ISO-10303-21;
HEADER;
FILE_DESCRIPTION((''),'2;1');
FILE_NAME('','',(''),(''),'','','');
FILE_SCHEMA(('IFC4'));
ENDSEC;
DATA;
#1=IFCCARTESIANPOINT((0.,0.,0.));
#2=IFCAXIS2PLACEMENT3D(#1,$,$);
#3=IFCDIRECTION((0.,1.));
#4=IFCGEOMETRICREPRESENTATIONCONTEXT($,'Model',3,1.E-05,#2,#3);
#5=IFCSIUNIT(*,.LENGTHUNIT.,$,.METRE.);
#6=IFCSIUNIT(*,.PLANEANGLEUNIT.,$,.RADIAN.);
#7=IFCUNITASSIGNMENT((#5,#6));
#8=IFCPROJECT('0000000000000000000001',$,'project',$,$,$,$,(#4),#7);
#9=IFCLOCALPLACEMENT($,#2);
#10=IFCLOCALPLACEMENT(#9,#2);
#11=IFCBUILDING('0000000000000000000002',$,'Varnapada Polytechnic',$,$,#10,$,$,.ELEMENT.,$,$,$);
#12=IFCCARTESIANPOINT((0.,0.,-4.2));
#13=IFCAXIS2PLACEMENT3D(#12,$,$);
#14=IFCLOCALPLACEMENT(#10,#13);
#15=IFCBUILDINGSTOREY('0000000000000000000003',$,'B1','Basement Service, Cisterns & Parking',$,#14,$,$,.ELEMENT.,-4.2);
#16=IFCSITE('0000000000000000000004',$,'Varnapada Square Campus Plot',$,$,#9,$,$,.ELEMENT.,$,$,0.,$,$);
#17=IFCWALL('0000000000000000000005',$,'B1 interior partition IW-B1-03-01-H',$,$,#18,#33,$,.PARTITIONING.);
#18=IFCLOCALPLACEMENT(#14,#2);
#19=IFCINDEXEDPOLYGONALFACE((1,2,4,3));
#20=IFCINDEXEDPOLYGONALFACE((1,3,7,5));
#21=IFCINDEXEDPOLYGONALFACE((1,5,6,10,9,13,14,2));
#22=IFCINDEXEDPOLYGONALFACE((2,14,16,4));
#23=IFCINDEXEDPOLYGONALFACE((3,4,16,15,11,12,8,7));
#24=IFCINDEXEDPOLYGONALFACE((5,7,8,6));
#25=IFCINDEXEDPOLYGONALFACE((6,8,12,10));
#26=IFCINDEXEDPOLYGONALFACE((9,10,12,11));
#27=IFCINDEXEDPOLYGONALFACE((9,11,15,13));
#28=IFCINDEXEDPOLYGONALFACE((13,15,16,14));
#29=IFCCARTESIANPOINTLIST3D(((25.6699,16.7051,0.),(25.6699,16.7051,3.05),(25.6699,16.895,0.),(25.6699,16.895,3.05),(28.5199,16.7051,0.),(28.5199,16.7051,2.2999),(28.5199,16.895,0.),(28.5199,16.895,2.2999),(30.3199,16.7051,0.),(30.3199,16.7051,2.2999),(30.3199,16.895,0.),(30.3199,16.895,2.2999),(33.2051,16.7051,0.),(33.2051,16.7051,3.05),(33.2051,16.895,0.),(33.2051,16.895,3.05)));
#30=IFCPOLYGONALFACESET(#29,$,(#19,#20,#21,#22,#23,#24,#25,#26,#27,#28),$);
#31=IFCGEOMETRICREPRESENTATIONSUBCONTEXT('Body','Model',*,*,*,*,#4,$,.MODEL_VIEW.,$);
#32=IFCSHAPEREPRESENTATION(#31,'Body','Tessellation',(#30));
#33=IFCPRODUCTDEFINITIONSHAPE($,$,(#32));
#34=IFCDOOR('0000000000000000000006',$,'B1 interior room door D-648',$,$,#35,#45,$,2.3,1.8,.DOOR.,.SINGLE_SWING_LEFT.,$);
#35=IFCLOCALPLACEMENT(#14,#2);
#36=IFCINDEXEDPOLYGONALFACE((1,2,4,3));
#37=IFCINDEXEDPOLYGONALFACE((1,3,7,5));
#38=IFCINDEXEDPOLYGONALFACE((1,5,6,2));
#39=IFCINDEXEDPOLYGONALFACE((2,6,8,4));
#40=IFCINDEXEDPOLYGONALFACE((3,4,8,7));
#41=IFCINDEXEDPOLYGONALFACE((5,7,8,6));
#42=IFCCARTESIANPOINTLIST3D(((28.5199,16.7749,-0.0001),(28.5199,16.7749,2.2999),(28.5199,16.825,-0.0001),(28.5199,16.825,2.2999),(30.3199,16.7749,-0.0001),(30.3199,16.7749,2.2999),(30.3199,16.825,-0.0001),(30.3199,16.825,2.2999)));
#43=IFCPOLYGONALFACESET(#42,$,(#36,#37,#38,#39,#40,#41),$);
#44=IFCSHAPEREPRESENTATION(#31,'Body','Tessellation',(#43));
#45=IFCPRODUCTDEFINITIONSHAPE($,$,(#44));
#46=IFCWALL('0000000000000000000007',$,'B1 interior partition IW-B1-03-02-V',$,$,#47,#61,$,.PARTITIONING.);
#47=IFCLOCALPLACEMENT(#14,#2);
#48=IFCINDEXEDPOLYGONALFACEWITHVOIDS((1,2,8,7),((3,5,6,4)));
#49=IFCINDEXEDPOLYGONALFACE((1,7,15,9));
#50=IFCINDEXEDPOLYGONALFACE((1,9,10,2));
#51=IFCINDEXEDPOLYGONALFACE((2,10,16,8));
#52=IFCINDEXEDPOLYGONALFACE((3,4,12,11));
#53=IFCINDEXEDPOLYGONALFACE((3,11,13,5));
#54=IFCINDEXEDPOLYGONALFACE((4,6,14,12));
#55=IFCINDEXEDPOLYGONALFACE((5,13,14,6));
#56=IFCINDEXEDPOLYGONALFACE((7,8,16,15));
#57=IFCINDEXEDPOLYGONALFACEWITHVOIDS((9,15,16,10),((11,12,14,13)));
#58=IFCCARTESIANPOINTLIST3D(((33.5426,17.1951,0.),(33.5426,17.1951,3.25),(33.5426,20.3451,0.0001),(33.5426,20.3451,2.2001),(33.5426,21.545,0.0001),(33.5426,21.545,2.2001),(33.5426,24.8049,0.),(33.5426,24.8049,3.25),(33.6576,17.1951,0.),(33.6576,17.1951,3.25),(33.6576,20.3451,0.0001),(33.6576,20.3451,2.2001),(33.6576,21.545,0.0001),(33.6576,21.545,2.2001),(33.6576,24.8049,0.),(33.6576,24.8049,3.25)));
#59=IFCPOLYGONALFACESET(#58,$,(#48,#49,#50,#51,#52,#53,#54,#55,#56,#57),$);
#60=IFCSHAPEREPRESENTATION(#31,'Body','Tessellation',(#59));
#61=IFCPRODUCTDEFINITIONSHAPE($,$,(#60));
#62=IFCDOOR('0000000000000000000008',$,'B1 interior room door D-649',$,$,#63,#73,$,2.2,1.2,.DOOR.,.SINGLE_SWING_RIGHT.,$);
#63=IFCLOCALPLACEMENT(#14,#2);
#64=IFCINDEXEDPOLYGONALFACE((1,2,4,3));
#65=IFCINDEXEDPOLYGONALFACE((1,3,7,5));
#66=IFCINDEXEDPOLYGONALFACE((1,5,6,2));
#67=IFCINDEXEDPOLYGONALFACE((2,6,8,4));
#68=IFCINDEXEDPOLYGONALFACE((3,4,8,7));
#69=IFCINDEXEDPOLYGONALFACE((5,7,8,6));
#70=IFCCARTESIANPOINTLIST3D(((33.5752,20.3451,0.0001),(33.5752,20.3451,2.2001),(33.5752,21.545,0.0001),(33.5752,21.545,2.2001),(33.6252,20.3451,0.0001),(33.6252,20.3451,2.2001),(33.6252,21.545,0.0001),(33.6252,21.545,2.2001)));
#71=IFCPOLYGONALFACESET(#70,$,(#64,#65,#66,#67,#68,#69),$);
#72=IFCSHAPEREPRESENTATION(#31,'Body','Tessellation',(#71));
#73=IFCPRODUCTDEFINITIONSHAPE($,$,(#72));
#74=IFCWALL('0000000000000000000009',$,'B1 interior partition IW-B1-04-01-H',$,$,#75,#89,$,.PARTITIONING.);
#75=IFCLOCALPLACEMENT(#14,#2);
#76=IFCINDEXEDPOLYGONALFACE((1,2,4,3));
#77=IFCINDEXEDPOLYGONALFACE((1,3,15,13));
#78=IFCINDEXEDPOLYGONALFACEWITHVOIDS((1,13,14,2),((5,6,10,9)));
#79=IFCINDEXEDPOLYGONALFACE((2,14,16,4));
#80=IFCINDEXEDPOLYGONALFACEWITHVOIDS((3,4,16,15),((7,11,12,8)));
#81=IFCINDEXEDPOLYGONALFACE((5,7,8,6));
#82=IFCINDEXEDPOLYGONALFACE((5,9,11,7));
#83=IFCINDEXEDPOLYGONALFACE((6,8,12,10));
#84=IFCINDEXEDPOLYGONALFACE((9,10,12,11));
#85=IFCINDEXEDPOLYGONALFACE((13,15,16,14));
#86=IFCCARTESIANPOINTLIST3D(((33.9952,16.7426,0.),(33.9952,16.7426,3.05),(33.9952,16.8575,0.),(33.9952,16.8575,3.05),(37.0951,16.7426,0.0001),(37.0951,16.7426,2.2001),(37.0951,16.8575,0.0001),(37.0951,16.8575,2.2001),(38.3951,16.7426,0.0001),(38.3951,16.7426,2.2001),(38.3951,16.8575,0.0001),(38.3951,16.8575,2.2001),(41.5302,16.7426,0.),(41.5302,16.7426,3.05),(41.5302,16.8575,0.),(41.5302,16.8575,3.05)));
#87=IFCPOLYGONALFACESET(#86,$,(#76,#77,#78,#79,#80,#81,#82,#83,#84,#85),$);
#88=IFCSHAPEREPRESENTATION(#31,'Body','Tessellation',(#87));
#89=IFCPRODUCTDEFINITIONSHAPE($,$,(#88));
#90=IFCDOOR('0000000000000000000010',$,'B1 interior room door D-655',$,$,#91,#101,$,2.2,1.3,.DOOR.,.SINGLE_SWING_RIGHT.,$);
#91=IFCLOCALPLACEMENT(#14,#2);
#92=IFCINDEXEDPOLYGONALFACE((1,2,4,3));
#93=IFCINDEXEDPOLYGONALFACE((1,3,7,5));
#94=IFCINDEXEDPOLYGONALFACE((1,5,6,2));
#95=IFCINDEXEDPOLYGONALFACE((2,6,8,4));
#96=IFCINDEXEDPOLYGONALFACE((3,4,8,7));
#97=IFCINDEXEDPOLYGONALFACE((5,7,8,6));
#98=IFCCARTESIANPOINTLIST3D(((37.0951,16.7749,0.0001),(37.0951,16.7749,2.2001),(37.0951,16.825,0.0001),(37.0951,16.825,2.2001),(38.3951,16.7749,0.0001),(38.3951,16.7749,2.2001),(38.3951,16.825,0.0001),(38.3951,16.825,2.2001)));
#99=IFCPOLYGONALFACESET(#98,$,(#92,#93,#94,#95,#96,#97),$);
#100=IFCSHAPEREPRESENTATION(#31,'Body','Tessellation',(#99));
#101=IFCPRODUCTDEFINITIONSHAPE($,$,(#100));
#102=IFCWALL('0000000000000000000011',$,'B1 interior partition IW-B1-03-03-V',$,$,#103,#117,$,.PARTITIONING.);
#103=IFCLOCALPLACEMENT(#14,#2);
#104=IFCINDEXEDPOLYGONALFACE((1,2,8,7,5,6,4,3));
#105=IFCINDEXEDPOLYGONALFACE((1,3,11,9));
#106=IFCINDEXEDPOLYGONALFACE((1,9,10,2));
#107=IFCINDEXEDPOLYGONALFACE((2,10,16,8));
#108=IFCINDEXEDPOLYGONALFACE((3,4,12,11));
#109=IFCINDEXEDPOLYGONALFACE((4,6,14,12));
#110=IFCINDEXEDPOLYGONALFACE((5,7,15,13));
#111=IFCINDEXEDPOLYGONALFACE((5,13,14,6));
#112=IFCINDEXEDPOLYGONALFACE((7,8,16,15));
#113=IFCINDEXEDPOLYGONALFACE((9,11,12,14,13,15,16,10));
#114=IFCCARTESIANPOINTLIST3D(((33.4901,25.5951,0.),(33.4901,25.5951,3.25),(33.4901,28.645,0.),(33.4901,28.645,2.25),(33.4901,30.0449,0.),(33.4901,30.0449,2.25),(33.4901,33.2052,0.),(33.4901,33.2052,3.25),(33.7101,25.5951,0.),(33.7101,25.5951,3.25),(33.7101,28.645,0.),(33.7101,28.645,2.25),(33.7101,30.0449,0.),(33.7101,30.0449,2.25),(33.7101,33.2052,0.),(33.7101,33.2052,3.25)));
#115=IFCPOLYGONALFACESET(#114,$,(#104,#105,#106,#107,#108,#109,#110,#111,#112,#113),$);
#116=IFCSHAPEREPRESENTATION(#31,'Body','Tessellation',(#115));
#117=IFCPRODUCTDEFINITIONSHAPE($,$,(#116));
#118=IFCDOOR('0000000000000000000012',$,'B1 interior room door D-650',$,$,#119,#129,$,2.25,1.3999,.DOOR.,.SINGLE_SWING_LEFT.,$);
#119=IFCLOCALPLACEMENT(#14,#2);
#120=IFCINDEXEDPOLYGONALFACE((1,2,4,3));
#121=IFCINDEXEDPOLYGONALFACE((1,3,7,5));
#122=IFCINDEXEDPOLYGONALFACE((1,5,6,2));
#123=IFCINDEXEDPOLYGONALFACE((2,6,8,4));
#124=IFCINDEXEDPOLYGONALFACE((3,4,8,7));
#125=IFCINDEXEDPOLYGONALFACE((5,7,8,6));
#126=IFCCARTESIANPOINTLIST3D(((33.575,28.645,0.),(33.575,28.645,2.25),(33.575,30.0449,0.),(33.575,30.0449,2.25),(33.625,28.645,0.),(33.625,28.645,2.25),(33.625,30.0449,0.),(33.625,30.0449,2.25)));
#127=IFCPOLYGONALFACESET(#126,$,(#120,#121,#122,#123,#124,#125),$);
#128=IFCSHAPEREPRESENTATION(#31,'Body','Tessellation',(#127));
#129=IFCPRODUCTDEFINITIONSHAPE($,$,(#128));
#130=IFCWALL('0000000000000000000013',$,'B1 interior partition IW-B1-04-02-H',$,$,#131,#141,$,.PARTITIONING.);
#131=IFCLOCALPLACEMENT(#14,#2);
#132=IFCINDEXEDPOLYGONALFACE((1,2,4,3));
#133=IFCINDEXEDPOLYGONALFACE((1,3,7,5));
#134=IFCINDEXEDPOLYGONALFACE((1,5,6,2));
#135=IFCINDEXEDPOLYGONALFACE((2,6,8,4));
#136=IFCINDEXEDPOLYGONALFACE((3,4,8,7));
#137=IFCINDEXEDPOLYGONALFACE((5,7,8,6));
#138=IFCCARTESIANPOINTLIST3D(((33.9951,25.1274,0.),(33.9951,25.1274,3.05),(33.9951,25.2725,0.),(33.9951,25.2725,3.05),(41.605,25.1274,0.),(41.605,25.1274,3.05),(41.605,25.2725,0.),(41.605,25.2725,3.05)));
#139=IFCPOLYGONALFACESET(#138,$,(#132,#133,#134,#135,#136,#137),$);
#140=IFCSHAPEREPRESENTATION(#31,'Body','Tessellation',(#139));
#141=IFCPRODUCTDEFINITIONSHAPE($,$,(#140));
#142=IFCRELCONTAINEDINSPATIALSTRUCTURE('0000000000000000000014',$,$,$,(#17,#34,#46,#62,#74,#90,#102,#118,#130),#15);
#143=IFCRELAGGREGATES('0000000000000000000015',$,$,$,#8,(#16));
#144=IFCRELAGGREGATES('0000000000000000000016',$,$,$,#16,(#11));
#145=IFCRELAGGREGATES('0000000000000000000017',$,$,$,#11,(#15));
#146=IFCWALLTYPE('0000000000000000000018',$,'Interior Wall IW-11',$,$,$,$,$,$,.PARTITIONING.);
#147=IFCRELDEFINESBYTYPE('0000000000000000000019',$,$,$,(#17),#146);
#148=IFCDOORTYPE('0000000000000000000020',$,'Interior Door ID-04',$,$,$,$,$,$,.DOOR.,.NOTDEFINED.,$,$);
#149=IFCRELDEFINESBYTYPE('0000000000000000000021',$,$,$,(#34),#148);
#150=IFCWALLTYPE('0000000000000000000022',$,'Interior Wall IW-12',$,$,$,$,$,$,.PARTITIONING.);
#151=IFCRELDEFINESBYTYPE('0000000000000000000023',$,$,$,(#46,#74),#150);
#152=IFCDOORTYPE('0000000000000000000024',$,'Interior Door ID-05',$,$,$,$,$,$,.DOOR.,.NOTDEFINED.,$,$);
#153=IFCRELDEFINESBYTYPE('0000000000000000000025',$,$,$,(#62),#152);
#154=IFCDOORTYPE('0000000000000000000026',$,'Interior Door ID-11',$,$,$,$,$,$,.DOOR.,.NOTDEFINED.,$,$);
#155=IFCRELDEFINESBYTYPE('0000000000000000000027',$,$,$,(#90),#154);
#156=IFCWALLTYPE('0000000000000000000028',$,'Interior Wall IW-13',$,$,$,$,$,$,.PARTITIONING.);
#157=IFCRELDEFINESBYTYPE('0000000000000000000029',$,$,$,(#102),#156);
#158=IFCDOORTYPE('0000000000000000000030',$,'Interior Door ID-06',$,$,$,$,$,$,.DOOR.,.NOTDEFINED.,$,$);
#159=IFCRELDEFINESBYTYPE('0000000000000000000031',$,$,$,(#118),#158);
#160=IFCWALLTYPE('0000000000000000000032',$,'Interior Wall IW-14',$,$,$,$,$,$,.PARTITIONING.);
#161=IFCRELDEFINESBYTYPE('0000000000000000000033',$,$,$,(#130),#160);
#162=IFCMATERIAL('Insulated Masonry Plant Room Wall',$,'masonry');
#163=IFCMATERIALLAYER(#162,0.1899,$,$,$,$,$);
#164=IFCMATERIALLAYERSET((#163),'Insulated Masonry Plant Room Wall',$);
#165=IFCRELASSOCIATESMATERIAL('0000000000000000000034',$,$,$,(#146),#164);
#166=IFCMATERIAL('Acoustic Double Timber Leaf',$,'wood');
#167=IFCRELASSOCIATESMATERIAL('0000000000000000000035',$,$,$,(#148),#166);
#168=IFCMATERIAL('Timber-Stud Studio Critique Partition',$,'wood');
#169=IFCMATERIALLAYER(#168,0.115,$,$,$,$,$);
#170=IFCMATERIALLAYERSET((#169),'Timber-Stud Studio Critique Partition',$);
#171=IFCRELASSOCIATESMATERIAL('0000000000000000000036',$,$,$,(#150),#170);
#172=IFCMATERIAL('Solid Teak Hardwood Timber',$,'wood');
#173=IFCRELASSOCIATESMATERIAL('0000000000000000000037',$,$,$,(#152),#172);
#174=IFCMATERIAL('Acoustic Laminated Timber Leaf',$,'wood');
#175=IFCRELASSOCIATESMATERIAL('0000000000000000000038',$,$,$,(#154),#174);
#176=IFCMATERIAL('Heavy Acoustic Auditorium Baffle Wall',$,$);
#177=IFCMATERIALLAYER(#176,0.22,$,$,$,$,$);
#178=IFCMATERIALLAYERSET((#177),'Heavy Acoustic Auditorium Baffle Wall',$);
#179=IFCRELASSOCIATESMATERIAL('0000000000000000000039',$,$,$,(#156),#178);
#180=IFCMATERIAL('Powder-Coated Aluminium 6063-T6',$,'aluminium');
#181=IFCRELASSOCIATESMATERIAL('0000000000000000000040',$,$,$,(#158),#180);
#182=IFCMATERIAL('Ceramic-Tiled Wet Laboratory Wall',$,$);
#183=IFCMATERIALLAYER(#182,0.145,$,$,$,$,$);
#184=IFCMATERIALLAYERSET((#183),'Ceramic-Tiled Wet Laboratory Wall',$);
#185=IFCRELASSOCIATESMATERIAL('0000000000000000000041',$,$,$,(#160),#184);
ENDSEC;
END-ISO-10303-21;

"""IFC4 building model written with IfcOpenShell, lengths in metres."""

from ifc_helpers import new_model, si_unit, direction, frame, frame_2d, origin, place, context, subcontext, project, spatial, rectangle, extrude, material, layer, layer_set, type_object, element, fill, save


model = new_model("IFC4")

# Units and contexts
model_context = context("Model", 3, precision=1e-05, world=origin(), true_north=direction((0.0, 1.0)))
body_context = subcontext(model_context, "Body", "Model", "MODEL_VIEW")
ifc_project = project(units=[si_unit("LENGTHUNIT", "METRE"), si_unit("PLANEANGLEUNIT", "RADIAN")], contexts=[model_context])

# Site, building, storey
site_placement = place(None, origin())
site = spatial("IfcSite", under=ifc_project, at=site_placement, Name="Varnapada Square Campus Plot", CompositionType="ELEMENT", RefElevation=0.0)
building_placement = place(site_placement, origin())
building = spatial("IfcBuilding", under=site, at=building_placement, Name="Varnapada Polytechnic", CompositionType="ELEMENT")
storey_placement = place(building_placement, frame((0.0, 0.0, -4.2)))
storey = spatial("IfcBuildingStorey", under=building, at=storey_placement, Name="B1", Description="Basement Service, Cisterns & Parking", CompositionType="ELEMENT", Elevation=-4.2)

# Walls, openings, doors
ifc_material_1 = material(Name="Insulated Masonry Plant Room Wall", Category="masonry")
ifc_layer_1 = layer(ifc_material_1, 0.1899)
ifc_layer_set_1 = layer_set([ifc_layer_1], Name="Insulated Masonry Plant Room Wall")
wall_type_1 = type_object("IfcWallType", Name="Interior Wall IW-11", PredefinedType="PARTITIONING", material=ifc_layer_set_1)
wall_1_placement = place(storey_placement, frame((25.6699, 16.8, 0.0), z_axis=(0.0, 0.0, 1.0), x_axis=(1.0, 0.0, 0.0)))
wall_1 = element("IfcWall", 1, at=wall_1_placement, inside=storey, type_object=wall_type_1, Name="B1 interior partition IW-B1-03-01-H", PredefinedType="PARTITIONING", context=body_context, shape_type="SweptSolid", body=[
    extrude(rectangle(XDim=7.5352, YDim=0.1899, at=frame_2d((3.7676, 0.0))), origin(), (0.0, 0.0, 1.0), 3.05),
])
opening_1_placement = place(wall_1_placement, frame((2.8501, 0.0, 0.0)))
opening_1 = element("IfcOpeningElement", 2, at=opening_1_placement, cuts=wall_1, PredefinedType="OPENING", context=body_context, shape_type="SweptSolid", body=[
    extrude(rectangle(XDim=1.8, YDim=2.3, at=frame_2d((0.8999, 1.1499))), frame((0.0, 0.105, 0.0), z_axis=(0.0, -1.0, 0.0), x_axis=(1.0, 0.0, 0.0)), (0.0, 0.0, 1.0), 0.21),
])
ifc_material_2 = material(Name="Acoustic Double Timber Leaf", Category="wood")
door_type_1 = type_object("IfcDoorType", Name="Interior Door ID-04", OperationType="NOTDEFINED", PredefinedType="DOOR", material=ifc_material_2)
door_1_placement = place(opening_1_placement, origin())
door_1 = element("IfcDoor", 3, at=door_1_placement, inside=storey, type_object=door_type_1, Name="B1 interior room door D-648", OperationType="SINGLE_SWING_LEFT", OverallHeight=2.3, OverallWidth=1.8, PredefinedType="DOOR", context=body_context, shape_type="SweptSolid", body=[
    extrude(rectangle(XDim=1.8, YDim=2.3, at=frame_2d((0.8999, 1.1499))), frame((0.0, 0.0249, 0.0), z_axis=(0.0, -1.0, 0.0), x_axis=(1.0, 0.0, 0.0)), (0.0, 0.0, 1.0), 0.05),
])
fill(opening_1, door_1)
ifc_material_3 = material(Name="Timber-Stud Studio Critique Partition", Category="wood")
ifc_layer_2 = layer(ifc_material_3, 0.115)
ifc_layer_set_2 = layer_set([ifc_layer_2], Name="Timber-Stud Studio Critique Partition")
wall_type_2 = type_object("IfcWallType", Name="Interior Wall IW-12", PredefinedType="PARTITIONING", material=ifc_layer_set_2)
wall_2_placement = place(storey_placement, frame((33.6001, 17.1951, 0.0), z_axis=(0.0, 0.0, 1.0), x_axis=(0.0, 1.0, 0.0)))
wall_2 = element("IfcWall", 4, at=wall_2_placement, inside=storey, type_object=wall_type_2, Name="B1 interior partition IW-B1-03-02-V", PredefinedType="PARTITIONING", context=body_context, shape_type="SweptSolid", body=[
    extrude(rectangle(XDim=7.6099, YDim=0.115, at=frame_2d((3.8049, 0.0))), origin(), (0.0, 0.0, 1.0), 3.25),
])
opening_2_placement = place(wall_2_placement, frame((3.1499, 0.0, 0.0)))
opening_2 = element("IfcOpeningElement", 5, at=opening_2_placement, cuts=wall_2, PredefinedType="OPENING", context=body_context, shape_type="SweptSolid", body=[
    extrude(rectangle(XDim=1.2, YDim=2.2, at=frame_2d((0.6001, 1.1001))), frame((0.0, 0.0674, 0.0), z_axis=(0.0, -1.0, 0.0), x_axis=(1.0, 0.0, 0.0)), (0.0, 0.0, 1.0), 0.135),
])
ifc_material_4 = material(Name="Solid Teak Hardwood Timber", Category="wood")
door_type_2 = type_object("IfcDoorType", Name="Interior Door ID-05", OperationType="NOTDEFINED", PredefinedType="DOOR", material=ifc_material_4)
door_2_placement = place(opening_2_placement, origin())
door_2 = element("IfcDoor", 6, at=door_2_placement, inside=storey, type_object=door_type_2, Name="B1 interior room door D-649", OperationType="SINGLE_SWING_RIGHT", OverallHeight=2.2, OverallWidth=1.2, PredefinedType="DOOR", context=body_context, shape_type="SweptSolid", body=[
    extrude(rectangle(XDim=1.2, YDim=2.2, at=frame_2d((0.6001, 1.1001))), frame((0.0, 0.0249, 0.0), z_axis=(0.0, -1.0, 0.0), x_axis=(1.0, 0.0, 0.0)), (0.0, 0.0, 1.0), 0.05),
])
fill(opening_2, door_2)
wall_3_placement = place(storey_placement, frame((33.9951, 16.8, 0.0), z_axis=(0.0, 0.0, 1.0), x_axis=(1.0, 0.0, 0.0)))
wall_3 = element("IfcWall", 7, at=wall_3_placement, inside=storey, type_object=wall_type_2, Name="B1 interior partition IW-B1-04-01-H", PredefinedType="PARTITIONING", context=body_context, shape_type="SweptSolid", body=[
    extrude(rectangle(XDim=7.5349, YDim=0.115, at=frame_2d((3.7676, 0.0))), origin(), (0.0, 0.0, 1.0), 3.05),
])
opening_3_placement = place(wall_3_placement, frame((3.1001, 0.0, 0.0)))
opening_3 = element("IfcOpeningElement", 8, at=opening_3_placement, cuts=wall_3, PredefinedType="OPENING", context=body_context, shape_type="SweptSolid", body=[
    extrude(rectangle(XDim=1.3, YDim=2.2, at=frame_2d((0.6499, 1.1001))), frame((0.0, 0.0674, 0.0), z_axis=(0.0, -1.0, 0.0), x_axis=(1.0, 0.0, 0.0)), (0.0, 0.0, 1.0), 0.135),
])
ifc_material_5 = material(Name="Acoustic Laminated Timber Leaf", Category="wood")
door_type_3 = type_object("IfcDoorType", Name="Interior Door ID-11", OperationType="NOTDEFINED", PredefinedType="DOOR", material=ifc_material_5)
door_3_placement = place(opening_3_placement, origin())
door_3 = element("IfcDoor", 9, at=door_3_placement, inside=storey, type_object=door_type_3, Name="B1 interior room door D-655", OperationType="SINGLE_SWING_RIGHT", OverallHeight=2.2, OverallWidth=1.3, PredefinedType="DOOR", context=body_context, shape_type="SweptSolid", body=[
    extrude(rectangle(XDim=1.3, YDim=2.2, at=frame_2d((0.6499, 1.1001))), frame((0.0, 0.0249, 0.0), z_axis=(0.0, -1.0, 0.0), x_axis=(1.0, 0.0, 0.0)), (0.0, 0.0, 1.0), 0.05),
])
fill(opening_3, door_3)
ifc_material_6 = material(Name="Heavy Acoustic Auditorium Baffle Wall")
ifc_layer_3 = layer(ifc_material_6, 0.22)
ifc_layer_set_3 = layer_set([ifc_layer_3], Name="Heavy Acoustic Auditorium Baffle Wall")
wall_type_3 = type_object("IfcWallType", Name="Interior Wall IW-13", PredefinedType="PARTITIONING", material=ifc_layer_set_3)
wall_4_placement = place(storey_placement, frame((33.6001, 25.595, 0.0), z_axis=(0.0, 0.0, 1.0), x_axis=(0.0, 1.0, 0.0)))
wall_4 = element("IfcWall", 10, at=wall_4_placement, inside=storey, type_object=wall_type_3, Name="B1 interior partition IW-B1-03-03-V", PredefinedType="PARTITIONING", context=body_context, shape_type="SweptSolid", body=[
    extrude(rectangle(XDim=7.6101, YDim=0.22, at=frame_2d((3.8052, 0.0))), origin(), (0.0, 0.0, 1.0), 3.25),
])
opening_4_placement = place(wall_4_placement, frame((3.05, 0.0, 0.0)))
opening_4 = element("IfcOpeningElement", 11, at=opening_4_placement, cuts=wall_4, PredefinedType="OPENING", context=body_context, shape_type="SweptSolid", body=[
    extrude(rectangle(XDim=1.3999, YDim=2.25, at=frame_2d((0.7, 1.125))), frame((0.0, 0.1199, 0.0), z_axis=(0.0, -1.0, 0.0), x_axis=(1.0, 0.0, 0.0)), (0.0, 0.0, 1.0), 0.24),
])
ifc_material_7 = material(Name="Powder-Coated Aluminium 6063-T6", Category="aluminium")
door_type_4 = type_object("IfcDoorType", Name="Interior Door ID-06", OperationType="NOTDEFINED", PredefinedType="DOOR", material=ifc_material_7)
door_4_placement = place(opening_4_placement, frame((1.3999, 0.0, 0.0), z_axis=(0.0, 0.0, 1.0), x_axis=(-1.0, 0.0, 0.0)))
door_4 = element("IfcDoor", 12, at=door_4_placement, inside=storey, type_object=door_type_4, Name="B1 interior room door D-650", OperationType="SINGLE_SWING_LEFT", OverallHeight=2.25, OverallWidth=1.3999, PredefinedType="DOOR", context=body_context, shape_type="SweptSolid", body=[
    extrude(rectangle(XDim=1.3999, YDim=2.25, at=frame_2d((0.7, 1.125))), frame((0.0, 0.0249, 0.0), z_axis=(0.0, -1.0, 0.0), x_axis=(1.0, 0.0, 0.0)), (0.0, 0.0, 1.0), 0.05),
])
fill(opening_4, door_4)

# Wall
ifc_material_8 = material(Name="Ceramic-Tiled Wet Laboratory Wall")
ifc_layer_4 = layer(ifc_material_8, 0.145)
ifc_layer_set_4 = layer_set([ifc_layer_4], Name="Ceramic-Tiled Wet Laboratory Wall")
wall_type_4 = type_object("IfcWallType", Name="Interior Wall IW-14", PredefinedType="PARTITIONING", material=ifc_layer_set_4)
wall_5_placement = place(storey_placement, frame((33.9951, 25.2, 0.0), z_axis=(0.0, 0.0, 1.0), x_axis=(1.0, 0.0, 0.0)))
element("IfcWall", 13, at=wall_5_placement, inside=storey, type_object=wall_type_4, Name="B1 interior partition IW-B1-04-02-H", PredefinedType="PARTITIONING", context=body_context, shape_type="SweptSolid", body=[
    extrude(rectangle(XDim=7.6099, YDim=0.145, at=frame_2d((3.8049, 0.0))), origin(), (0.0, 0.0, 1.0), 3.05),
])

save(model, "model.ifc")
